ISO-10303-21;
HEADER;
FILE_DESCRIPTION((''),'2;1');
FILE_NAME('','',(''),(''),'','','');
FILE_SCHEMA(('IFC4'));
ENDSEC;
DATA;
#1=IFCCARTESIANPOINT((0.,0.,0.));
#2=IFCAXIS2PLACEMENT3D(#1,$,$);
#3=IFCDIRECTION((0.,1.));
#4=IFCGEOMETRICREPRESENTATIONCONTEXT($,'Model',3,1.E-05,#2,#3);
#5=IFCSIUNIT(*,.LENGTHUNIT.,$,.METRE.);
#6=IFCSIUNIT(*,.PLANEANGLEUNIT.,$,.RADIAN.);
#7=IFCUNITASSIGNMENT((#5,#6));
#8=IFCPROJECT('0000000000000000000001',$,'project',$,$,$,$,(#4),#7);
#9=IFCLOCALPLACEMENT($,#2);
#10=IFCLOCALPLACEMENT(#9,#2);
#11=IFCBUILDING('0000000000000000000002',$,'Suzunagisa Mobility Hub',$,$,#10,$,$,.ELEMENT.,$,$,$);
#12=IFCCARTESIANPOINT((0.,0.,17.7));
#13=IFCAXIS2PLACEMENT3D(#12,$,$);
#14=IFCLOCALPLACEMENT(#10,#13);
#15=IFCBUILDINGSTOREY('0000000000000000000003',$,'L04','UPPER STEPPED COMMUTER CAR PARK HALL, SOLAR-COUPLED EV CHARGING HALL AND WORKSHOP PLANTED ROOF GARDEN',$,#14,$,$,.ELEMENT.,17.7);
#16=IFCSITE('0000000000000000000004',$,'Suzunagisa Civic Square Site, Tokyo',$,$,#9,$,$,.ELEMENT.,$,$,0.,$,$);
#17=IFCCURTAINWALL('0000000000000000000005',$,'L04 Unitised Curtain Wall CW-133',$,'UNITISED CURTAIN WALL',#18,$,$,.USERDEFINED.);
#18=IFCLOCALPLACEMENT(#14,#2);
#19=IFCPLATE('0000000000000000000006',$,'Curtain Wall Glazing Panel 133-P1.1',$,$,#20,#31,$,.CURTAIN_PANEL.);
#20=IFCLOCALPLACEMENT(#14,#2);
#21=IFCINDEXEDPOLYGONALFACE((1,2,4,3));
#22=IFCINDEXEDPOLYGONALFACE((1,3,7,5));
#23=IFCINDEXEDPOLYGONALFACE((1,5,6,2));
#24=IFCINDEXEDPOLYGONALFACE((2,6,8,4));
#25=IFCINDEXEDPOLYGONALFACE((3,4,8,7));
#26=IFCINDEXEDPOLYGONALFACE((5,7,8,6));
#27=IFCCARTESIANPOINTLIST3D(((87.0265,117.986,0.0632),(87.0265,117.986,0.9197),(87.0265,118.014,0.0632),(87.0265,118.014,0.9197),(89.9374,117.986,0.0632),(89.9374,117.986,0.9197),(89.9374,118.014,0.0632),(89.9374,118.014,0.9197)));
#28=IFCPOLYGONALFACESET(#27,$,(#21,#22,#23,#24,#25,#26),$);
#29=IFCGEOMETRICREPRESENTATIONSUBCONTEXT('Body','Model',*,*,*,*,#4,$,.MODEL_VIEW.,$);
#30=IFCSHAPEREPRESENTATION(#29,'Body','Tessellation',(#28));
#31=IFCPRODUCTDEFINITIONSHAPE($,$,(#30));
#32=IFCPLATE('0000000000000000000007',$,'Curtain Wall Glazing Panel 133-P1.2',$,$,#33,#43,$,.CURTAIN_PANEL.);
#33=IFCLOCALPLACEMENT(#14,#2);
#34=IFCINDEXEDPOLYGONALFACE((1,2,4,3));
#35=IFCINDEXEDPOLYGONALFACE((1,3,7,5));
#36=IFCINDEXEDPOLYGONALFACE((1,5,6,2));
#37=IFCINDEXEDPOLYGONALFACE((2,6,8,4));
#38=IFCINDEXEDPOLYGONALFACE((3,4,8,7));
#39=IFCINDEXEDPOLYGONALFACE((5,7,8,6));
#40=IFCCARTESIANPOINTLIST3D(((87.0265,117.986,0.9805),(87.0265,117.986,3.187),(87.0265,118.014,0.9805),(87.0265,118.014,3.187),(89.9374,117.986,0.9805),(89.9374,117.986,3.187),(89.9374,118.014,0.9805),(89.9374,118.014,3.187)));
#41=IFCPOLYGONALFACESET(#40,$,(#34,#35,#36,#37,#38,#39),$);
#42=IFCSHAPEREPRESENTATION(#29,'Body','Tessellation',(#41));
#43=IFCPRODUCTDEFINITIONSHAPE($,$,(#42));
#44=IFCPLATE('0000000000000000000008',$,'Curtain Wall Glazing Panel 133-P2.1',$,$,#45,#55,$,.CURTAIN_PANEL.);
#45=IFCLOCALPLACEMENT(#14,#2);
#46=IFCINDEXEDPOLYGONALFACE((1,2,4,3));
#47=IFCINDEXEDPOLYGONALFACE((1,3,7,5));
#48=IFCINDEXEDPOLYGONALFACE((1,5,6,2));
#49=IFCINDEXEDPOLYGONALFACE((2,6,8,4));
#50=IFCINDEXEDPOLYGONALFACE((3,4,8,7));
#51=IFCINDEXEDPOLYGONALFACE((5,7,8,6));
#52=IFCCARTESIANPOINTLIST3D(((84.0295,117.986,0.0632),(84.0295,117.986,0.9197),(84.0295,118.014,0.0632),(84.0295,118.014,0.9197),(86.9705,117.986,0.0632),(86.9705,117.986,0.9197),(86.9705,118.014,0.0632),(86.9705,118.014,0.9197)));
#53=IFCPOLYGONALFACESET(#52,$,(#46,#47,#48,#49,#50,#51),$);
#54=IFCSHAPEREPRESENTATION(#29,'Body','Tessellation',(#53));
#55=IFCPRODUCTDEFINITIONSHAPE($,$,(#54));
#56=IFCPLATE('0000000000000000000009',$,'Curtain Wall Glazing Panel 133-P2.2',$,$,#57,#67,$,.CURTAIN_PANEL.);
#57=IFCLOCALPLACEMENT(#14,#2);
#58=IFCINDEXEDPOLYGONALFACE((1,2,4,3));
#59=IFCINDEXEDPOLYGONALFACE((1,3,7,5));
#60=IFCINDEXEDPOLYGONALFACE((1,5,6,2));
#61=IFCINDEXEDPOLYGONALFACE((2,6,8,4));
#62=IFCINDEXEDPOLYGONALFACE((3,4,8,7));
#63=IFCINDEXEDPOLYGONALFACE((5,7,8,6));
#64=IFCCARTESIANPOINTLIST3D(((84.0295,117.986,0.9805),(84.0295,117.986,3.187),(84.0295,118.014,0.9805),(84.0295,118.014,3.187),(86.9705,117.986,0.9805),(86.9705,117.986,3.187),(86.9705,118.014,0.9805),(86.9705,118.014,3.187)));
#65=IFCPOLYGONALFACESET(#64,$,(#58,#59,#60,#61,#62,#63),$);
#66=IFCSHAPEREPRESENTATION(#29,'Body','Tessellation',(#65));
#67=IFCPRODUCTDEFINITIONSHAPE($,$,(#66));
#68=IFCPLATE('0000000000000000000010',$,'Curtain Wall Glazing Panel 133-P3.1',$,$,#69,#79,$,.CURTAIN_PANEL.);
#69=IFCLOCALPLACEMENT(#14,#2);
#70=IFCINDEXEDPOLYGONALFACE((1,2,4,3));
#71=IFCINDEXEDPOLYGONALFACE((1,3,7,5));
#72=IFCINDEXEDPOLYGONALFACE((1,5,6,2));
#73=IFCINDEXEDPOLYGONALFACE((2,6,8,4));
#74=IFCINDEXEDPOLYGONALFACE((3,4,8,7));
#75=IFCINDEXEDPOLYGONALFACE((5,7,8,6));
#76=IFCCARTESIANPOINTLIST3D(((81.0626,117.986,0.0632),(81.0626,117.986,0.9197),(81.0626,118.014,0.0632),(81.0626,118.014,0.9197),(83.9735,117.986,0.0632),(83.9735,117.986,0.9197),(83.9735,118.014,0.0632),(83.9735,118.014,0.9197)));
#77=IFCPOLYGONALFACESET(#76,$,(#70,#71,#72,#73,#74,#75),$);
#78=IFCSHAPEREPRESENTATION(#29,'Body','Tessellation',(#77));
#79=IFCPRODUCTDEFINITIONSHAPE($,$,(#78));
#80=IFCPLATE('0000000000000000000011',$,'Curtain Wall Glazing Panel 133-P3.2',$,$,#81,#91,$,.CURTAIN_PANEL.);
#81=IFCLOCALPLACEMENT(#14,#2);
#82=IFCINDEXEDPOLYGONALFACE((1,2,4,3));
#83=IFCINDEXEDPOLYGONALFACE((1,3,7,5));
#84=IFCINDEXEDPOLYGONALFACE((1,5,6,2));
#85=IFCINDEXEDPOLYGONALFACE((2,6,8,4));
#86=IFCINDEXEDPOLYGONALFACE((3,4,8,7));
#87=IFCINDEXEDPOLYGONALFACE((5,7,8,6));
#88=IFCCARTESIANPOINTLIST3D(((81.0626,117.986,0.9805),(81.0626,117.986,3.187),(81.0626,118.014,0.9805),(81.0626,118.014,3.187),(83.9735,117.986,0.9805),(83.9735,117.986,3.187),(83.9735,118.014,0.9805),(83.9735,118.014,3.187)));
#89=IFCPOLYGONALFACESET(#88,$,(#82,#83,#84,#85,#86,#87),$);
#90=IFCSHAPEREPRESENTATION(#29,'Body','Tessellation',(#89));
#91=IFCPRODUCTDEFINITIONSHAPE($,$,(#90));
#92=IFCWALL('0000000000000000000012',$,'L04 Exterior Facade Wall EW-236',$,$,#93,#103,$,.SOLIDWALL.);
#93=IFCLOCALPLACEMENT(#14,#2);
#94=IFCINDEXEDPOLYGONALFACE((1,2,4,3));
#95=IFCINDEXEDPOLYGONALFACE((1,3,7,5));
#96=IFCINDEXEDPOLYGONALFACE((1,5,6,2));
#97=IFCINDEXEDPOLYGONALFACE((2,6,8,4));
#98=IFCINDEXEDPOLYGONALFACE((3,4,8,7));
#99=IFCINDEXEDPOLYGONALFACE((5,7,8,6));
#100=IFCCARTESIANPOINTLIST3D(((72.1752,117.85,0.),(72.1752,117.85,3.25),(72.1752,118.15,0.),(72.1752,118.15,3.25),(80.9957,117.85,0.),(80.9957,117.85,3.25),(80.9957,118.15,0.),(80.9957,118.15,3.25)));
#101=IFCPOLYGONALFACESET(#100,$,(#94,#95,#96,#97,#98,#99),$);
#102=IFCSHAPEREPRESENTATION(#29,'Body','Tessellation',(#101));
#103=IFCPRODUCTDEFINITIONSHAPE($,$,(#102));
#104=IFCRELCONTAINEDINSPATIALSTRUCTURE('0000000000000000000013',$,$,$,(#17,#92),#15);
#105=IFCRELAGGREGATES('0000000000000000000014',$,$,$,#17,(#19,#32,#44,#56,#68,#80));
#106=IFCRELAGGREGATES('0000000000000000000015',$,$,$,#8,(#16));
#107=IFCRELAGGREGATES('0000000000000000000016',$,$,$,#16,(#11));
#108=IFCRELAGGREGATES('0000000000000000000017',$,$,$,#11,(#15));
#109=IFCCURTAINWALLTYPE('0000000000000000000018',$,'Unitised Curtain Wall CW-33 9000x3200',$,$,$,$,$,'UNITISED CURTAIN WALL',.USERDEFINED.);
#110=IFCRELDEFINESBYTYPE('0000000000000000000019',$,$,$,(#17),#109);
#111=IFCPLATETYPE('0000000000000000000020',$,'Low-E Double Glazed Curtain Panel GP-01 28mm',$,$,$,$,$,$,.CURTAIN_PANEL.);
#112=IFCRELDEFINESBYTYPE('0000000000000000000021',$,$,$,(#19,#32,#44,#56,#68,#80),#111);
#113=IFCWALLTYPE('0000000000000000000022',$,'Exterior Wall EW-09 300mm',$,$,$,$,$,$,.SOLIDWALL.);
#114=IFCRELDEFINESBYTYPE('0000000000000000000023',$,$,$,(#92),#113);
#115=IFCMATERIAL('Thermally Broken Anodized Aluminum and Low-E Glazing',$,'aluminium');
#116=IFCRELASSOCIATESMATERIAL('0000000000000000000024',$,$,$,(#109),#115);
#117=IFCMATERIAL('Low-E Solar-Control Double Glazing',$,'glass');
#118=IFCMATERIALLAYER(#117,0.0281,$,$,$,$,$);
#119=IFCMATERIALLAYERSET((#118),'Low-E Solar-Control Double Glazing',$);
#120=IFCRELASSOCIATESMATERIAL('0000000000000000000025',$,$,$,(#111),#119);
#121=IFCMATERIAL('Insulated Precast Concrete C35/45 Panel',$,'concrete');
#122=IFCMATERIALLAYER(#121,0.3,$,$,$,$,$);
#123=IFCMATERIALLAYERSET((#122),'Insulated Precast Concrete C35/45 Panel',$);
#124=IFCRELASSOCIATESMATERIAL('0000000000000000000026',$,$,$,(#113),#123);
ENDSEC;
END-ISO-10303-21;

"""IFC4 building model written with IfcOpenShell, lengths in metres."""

from ifc_helpers import new_model, si_unit, direction, frame, frame_2d, origin, origin_2d, place, context, subcontext, project, spatial, rectangle, extrude, material, layer, layer_set, type_object, element, aggregate, save


model = new_model("IFC4")

# Units and contexts
model_context = context("Model", 3, precision=1e-05, world=origin(), true_north=direction((0.0, 1.0)))
body_context = subcontext(model_context, "Body", "Model", "MODEL_VIEW")
ifc_project = project(units=[si_unit("LENGTHUNIT", "METRE"), si_unit("PLANEANGLEUNIT", "RADIAN")], contexts=[model_context])

# Site, building, storey
site_placement = place(None, origin())
site = spatial("IfcSite", under=ifc_project, at=site_placement, Name="Suzunagisa Civic Square Site, Tokyo", CompositionType="ELEMENT", RefElevation=0.0)
building_placement = place(site_placement, origin())
building = spatial("IfcBuilding", under=site, at=building_placement, Name="Suzunagisa Mobility Hub", CompositionType="ELEMENT")
storey_placement = place(building_placement, frame((0.0, 0.0, 17.7)))
storey = spatial("IfcBuildingStorey", under=building, at=storey_placement, Name="L04", Description="UPPER STEPPED COMMUTER CAR PARK HALL, SOLAR-COUPLED EV CHARGING HALL AND WORKSHOP PLANTED ROOF GARDEN", CompositionType="ELEMENT", Elevation=17.7)

# Curtain wall
ifc_material_1 = material(Name="Thermally Broken Anodized Aluminum and Low-E Glazing", Category="aluminium")
curtain_wall_type = type_object("IfcCurtainWallType", Name="Unitised Curtain Wall CW-33 9000x3200", ElementType="UNITISED CURTAIN WALL", PredefinedType="USERDEFINED", material=ifc_material_1)
curtain_wall_placement = place(storey_placement, origin())
curtain_wall = element("IfcCurtainWall", 1, at=curtain_wall_placement, inside=storey, type_object=curtain_wall_type, Name="L04 Unitised Curtain Wall CW-133", ObjectType="UNITISED CURTAIN WALL", PredefinedType="USERDEFINED")

# Plates
ifc_material_2 = material(Name="Low-E Solar-Control Double Glazing", Category="glass")
ifc_layer_1 = layer(ifc_material_2, 0.0281)
ifc_layer_set_1 = layer_set([ifc_layer_1], Name="Low-E Solar-Control Double Glazing")
plate_type = type_object("IfcPlateType", Name="Low-E Double Glazed Curtain Panel GP-01 28mm", PredefinedType="CURTAIN_PANEL", material=ifc_layer_set_1)
plate_1_placement = place(storey_placement, frame((88.4819, 118.0, 0.0632), z_axis=(0.0, 0.0, 1.0), x_axis=(-1.0, 0.0, 0.0)))
plate_1 = element("IfcPlate", 2, at=plate_1_placement, type_object=plate_type, Name="Curtain Wall Glazing Panel 133-P1.1", PredefinedType="CURTAIN_PANEL", context=body_context, shape_type="SweptSolid", body=[
    extrude(rectangle(XDim=2.9109, YDim=0.0281, at=origin_2d()), origin(), (0.0, 0.0, 1.0), 0.8564),
])
plate_2_placement = place(storey_placement, frame((88.4819, 118.0, 0.9805), z_axis=(0.0, 0.0, 1.0), x_axis=(-1.0, 0.0, 0.0)))
plate_2 = element("IfcPlate", 3, at=plate_2_placement, type_object=plate_type, Name="Curtain Wall Glazing Panel 133-P1.2", PredefinedType="CURTAIN_PANEL", context=body_context, shape_type="SweptSolid", body=[
    extrude(rectangle(XDim=2.9109, YDim=0.0281, at=origin_2d()), origin(), (0.0, 0.0, 1.0), 2.2065),
])
plate_3_placement = place(storey_placement, frame((85.5, 118.0, 0.0632), z_axis=(0.0, 0.0, 1.0), x_axis=(-1.0, 0.0, 0.0)))
plate_3 = element("IfcPlate", 4, at=plate_3_placement, type_object=plate_type, Name="Curtain Wall Glazing Panel 133-P2.1", PredefinedType="CURTAIN_PANEL", context=body_context, shape_type="SweptSolid", body=[
    extrude(rectangle(XDim=2.9409, YDim=0.0281, at=origin_2d()), origin(), (0.0, 0.0, 1.0), 0.8564),
])
plate_4_placement = place(storey_placement, frame((85.5, 118.0, 0.9805), z_axis=(0.0, 0.0, 1.0), x_axis=(-1.0, 0.0, 0.0)))
plate_4 = element("IfcPlate", 5, at=plate_4_placement, type_object=plate_type, Name="Curtain Wall Glazing Panel 133-P2.2", PredefinedType="CURTAIN_PANEL", context=body_context, shape_type="SweptSolid", body=[
    extrude(rectangle(XDim=2.9409, YDim=0.0281, at=origin_2d()), origin(), (0.0, 0.0, 1.0), 2.2065),
])
plate_5_placement = place(storey_placement, frame((82.5181, 118.0, 0.0632), z_axis=(0.0, 0.0, 1.0), x_axis=(-1.0, 0.0, 0.0)))
plate_5 = element("IfcPlate", 6, at=plate_5_placement, type_object=plate_type, Name="Curtain Wall Glazing Panel 133-P3.1", PredefinedType="CURTAIN_PANEL", context=body_context, shape_type="SweptSolid", body=[
    extrude(rectangle(XDim=2.9109, YDim=0.0281, at=origin_2d()), origin(), (0.0, 0.0, 1.0), 0.8564),
])
plate_6_placement = place(storey_placement, frame((82.5181, 118.0, 0.9805), z_axis=(0.0, 0.0, 1.0), x_axis=(-1.0, 0.0, 0.0)))
plate_6 = element("IfcPlate", 7, at=plate_6_placement, type_object=plate_type, Name="Curtain Wall Glazing Panel 133-P3.2", PredefinedType="CURTAIN_PANEL", context=body_context, shape_type="SweptSolid", body=[
    extrude(rectangle(XDim=2.9109, YDim=0.0281, at=origin_2d()), origin(), (0.0, 0.0, 1.0), 2.2065),
])
aggregate(curtain_wall, [plate_1, plate_2, plate_3, plate_4, plate_5, plate_6])

# Wall
ifc_material_3 = material(Name="Insulated Precast Concrete C35/45 Panel", Category="concrete")
ifc_layer_2 = layer(ifc_material_3, 0.3)
ifc_layer_set_2 = layer_set([ifc_layer_2], Name="Insulated Precast Concrete C35/45 Panel")
wall_type = type_object("IfcWallType", Name="Exterior Wall EW-09 300mm", PredefinedType="SOLIDWALL", material=ifc_layer_set_2)
wall_placement = place(storey_placement, frame((80.9956, 118.0, 0.0), z_axis=(0.0, 0.0, 1.0), x_axis=(-1.0, 0.0, 0.0)))
element("IfcWall", 8, at=wall_placement, inside=storey, type_object=wall_type, Name="L04 Exterior Facade Wall EW-236", PredefinedType="SOLIDWALL", context=body_context, shape_type="SweptSolid", body=[
    extrude(rectangle(XDim=8.8206, YDim=0.3, at=frame_2d((4.4102, 0.0))), origin(), (0.0, 0.0, 1.0), 3.25),
])

save(model, "model.ifc")
